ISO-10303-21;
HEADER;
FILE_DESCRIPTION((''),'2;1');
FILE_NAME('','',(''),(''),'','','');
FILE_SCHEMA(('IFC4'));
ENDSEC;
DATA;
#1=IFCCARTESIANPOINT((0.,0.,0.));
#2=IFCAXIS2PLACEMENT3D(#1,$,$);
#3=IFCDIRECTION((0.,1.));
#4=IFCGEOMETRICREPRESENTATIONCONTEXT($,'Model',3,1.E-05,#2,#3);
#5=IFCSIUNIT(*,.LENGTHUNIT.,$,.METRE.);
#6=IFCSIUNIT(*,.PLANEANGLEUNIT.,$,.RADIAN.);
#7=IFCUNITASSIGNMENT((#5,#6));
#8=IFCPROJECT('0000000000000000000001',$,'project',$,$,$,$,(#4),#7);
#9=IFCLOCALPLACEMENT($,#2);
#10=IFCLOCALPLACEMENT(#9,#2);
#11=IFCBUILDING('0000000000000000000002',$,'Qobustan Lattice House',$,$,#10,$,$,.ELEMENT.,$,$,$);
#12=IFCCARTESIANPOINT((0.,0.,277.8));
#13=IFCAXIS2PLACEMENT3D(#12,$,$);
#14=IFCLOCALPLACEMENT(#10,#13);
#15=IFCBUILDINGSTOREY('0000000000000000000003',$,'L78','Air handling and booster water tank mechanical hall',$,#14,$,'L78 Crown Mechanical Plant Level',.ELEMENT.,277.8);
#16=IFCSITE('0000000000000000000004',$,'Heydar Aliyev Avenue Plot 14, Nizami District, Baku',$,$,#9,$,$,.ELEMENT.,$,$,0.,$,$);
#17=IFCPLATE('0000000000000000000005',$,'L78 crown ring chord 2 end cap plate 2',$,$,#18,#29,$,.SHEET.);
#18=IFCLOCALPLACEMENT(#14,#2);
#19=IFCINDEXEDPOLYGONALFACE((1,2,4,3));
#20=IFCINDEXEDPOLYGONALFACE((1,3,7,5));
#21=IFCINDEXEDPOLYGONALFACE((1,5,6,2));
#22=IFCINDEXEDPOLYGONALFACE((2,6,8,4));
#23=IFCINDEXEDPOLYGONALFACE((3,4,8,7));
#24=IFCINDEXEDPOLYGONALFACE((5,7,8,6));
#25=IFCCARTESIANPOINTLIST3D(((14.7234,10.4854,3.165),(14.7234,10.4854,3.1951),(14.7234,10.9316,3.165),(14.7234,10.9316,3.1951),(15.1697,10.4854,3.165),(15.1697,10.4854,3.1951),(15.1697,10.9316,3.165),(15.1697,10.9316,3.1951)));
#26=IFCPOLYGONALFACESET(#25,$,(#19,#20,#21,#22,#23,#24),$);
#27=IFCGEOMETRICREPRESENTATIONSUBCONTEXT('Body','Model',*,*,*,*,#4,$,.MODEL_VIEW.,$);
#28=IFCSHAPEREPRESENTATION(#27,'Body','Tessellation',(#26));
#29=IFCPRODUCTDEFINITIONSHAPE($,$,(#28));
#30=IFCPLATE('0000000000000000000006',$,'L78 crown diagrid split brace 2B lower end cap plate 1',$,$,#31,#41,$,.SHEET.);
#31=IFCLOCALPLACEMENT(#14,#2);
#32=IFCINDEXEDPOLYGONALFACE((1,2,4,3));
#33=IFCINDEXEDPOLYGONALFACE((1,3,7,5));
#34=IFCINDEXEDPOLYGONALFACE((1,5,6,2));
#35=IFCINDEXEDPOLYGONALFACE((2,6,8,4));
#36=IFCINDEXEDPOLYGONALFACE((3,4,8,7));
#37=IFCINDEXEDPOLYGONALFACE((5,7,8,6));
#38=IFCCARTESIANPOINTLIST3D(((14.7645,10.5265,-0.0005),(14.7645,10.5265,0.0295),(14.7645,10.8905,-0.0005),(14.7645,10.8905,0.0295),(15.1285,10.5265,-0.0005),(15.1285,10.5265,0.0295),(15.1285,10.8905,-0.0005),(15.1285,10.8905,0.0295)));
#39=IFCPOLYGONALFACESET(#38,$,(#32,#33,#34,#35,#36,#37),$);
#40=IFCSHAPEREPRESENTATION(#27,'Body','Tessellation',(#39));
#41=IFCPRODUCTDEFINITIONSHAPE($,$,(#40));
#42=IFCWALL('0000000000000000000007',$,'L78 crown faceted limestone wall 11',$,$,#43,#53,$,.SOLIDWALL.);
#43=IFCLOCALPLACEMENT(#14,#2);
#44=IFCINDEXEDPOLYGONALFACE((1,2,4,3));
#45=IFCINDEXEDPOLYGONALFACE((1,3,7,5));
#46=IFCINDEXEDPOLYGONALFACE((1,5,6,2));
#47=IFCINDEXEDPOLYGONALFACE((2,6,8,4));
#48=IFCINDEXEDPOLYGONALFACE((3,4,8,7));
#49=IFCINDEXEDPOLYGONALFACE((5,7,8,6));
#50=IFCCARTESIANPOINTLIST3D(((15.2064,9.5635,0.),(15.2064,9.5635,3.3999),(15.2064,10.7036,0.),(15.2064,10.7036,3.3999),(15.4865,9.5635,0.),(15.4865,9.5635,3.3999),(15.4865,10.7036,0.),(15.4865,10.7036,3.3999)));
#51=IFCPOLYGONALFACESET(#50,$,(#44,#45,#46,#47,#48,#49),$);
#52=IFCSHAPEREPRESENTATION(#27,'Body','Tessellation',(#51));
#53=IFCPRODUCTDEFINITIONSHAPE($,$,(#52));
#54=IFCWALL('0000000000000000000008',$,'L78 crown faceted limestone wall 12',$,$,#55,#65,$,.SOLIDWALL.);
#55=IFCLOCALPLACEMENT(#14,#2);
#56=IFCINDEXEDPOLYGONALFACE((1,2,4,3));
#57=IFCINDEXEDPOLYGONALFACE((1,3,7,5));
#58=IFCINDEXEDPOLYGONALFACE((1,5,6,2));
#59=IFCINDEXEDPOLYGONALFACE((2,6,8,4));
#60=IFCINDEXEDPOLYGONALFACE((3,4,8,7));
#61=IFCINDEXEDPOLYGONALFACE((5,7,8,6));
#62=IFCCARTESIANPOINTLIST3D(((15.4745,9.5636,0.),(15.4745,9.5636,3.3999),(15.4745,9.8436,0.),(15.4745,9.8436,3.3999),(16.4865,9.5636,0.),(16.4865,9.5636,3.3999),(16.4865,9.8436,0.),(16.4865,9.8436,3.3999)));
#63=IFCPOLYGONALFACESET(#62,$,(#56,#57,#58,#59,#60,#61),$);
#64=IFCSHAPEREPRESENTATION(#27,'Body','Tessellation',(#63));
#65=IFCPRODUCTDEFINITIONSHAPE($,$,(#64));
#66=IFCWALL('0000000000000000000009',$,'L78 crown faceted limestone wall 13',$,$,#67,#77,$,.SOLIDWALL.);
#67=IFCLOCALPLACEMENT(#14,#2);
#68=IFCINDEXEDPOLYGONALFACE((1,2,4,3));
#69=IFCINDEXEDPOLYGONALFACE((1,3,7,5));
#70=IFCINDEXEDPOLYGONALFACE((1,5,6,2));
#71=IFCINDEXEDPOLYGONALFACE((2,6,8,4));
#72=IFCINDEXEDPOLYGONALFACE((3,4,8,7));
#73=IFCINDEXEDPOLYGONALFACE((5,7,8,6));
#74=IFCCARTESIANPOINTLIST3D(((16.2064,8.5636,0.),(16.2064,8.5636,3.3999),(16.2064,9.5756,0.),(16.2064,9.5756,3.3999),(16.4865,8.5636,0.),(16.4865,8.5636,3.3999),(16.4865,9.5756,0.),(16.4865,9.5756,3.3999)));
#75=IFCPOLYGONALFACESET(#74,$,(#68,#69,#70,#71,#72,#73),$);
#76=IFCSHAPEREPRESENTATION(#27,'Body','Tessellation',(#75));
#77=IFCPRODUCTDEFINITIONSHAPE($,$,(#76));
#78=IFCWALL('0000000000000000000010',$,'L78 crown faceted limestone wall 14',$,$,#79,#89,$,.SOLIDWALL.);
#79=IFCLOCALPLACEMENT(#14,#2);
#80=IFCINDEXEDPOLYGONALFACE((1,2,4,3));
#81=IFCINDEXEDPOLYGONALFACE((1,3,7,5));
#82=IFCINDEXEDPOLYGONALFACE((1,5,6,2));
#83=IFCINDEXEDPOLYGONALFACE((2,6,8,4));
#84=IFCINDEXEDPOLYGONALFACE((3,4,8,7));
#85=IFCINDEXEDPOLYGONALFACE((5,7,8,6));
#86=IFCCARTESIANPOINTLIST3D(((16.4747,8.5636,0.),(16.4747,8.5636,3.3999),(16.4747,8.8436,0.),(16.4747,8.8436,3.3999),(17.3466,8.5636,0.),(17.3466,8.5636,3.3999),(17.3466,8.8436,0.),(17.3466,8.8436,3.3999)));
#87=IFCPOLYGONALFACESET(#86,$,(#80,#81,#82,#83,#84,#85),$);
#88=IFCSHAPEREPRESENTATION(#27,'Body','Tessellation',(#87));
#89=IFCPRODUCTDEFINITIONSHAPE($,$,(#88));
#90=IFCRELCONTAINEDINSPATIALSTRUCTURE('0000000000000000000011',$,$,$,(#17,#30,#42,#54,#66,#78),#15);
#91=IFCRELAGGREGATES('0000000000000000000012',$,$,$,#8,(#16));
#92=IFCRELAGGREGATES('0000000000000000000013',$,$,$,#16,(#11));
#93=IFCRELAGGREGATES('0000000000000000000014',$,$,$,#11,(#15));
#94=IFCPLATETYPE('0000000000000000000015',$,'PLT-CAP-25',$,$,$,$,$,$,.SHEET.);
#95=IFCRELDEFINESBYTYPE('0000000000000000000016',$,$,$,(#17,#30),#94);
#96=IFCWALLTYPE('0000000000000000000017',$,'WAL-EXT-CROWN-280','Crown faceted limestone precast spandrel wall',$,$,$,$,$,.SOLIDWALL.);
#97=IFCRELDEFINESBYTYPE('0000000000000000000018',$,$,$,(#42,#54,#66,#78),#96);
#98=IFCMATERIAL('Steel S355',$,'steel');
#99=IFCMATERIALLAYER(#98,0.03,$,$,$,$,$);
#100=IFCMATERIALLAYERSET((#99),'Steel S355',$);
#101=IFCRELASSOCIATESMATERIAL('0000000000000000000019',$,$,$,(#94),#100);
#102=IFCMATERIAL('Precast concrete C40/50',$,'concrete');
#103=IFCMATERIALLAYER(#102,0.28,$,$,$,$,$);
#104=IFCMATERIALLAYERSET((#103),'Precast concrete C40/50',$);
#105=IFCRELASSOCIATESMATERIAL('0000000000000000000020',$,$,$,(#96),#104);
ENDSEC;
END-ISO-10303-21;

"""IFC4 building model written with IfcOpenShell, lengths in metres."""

from ifc_helpers import new_model, si_unit, direction, frame, frame_2d, origin, origin_2d, place, context, subcontext, project, spatial, rectangle, extrude, material, layer, layer_set, type_object, element, save


model = new_model("IFC4")

# Units and contexts
model_context = context("Model", 3, precision=1e-05, world=origin(), true_north=direction((0.0, 1.0)))
body_context = subcontext(model_context, "Body", "Model", "MODEL_VIEW")
ifc_project = project(units=[si_unit("LENGTHUNIT", "METRE"), si_unit("PLANEANGLEUNIT", "RADIAN")], contexts=[model_context])

# Site, building, storey
site_placement = place(None, origin())
site = spatial("IfcSite", under=ifc_project, at=site_placement, Name="Heydar Aliyev Avenue Plot 14, Nizami District, Baku", CompositionType="ELEMENT", RefElevation=0.0)
building_placement = place(site_placement, origin())
building = spatial("IfcBuilding", under=site, at=building_placement, Name="Qobustan Lattice House", CompositionType="ELEMENT")
storey_placement = place(building_placement, frame((0.0, 0.0, 277.8)))
storey = spatial("IfcBuildingStorey", under=building, at=storey_placement, Name="L78", Description="Air handling and booster water tank mechanical hall", LongName="L78 Crown Mechanical Plant Level", CompositionType="ELEMENT", Elevation=277.8)

# Plates
ifc_material_1 = material(Name="Steel S355", Category="steel")
ifc_layer_1 = layer(ifc_material_1, 0.03)
ifc_layer_set_1 = layer_set([ifc_layer_1], Name="Steel S355")
plate_type_1 = type_object("IfcPlateType", Name="PLT-CAP-25", PredefinedType="SHEET", material=ifc_layer_set_1)
plate_1_placement = place(storey_placement, frame((14.9465, 10.7085, 3.165), z_axis=(0.0, 0.0, 1.0), x_axis=(0.0, 1.0, 0.0)))
element("IfcPlate", 1, at=plate_1_placement, inside=storey, type_object=plate_type_1, Name="L78 crown ring chord 2 end cap plate 2", PredefinedType="SHEET", context=body_context, shape_type="SweptSolid", body=[
    extrude(rectangle(XDim=0.4463, YDim=0.4463, at=origin_2d()), origin(), (0.0, 0.0, 1.0), 0.03),
])
plate_2_placement = place(storey_placement, frame((14.9465, 10.7085, -0.0005), z_axis=(0.0, 0.0, 1.0), x_axis=(0.0, -1.0, 0.0)))
element("IfcPlate", 2, at=plate_2_placement, inside=storey, type_object=plate_type_1, Name="L78 crown diagrid split brace 2B lower end cap plate 1", PredefinedType="SHEET", context=body_context, shape_type="SweptSolid", body=[
    extrude(rectangle(XDim=0.364, YDim=0.364, at=origin_2d()), origin(), (0.0, 0.0, 1.0), 0.03),
])

# Walls
ifc_material_2 = material(Name="Precast concrete C40/50", Category="concrete")
ifc_layer_2 = layer(ifc_material_2, 0.28)
ifc_layer_set_2 = layer_set([ifc_layer_2], Name="Precast concrete C40/50")
wall_type = type_object("IfcWallType", Name="WAL-EXT-CROWN-280", Description="Crown faceted limestone precast spandrel wall", PredefinedType="SOLIDWALL", material=ifc_layer_set_2)
wall_1_placement = place(storey_placement, frame((15.3464, 10.7036, 0.0), z_axis=(0.0, 0.0, 1.0), x_axis=(0.0, -1.0, 0.0)))
element("IfcWall", 3, at=wall_1_placement, inside=storey, type_object=wall_type, Name="L78 crown faceted limestone wall 11", PredefinedType="SOLIDWALL", context=body_context, shape_type="SweptSolid", body=[
    extrude(rectangle(XDim=1.1401, YDim=0.28, at=frame_2d((0.5701, 0.0))), origin(), (0.0, 0.0, 1.0), 3.3999),
])
for number, where, z_axis, x_axis, name in (
    (4, (15.4746, 9.7036, 0.0), (0.0, 0.0, 1.0), (1.0, 0.0, 0.0), "L78 crown faceted limestone wall 12"),
    (5, (16.3464, 9.5754, 0.0), (0.0, 0.0, 1.0), (0.0, -1.0, 0.0), "L78 crown faceted limestone wall 13"),
):
    element("IfcWall", number, at=place(storey_placement, frame(where, z_axis=z_axis, x_axis=x_axis)), inside=storey, type_object=wall_type, Name=name, PredefinedType="SOLIDWALL", context=body_context, shape_type="SweptSolid", body=[
        extrude(rectangle(XDim=1.012, YDim=0.28, at=frame_2d((0.5059, 0.0))), origin(), (0.0, 0.0, 1.0), 3.3999),
    ])
wall_2_placement = place(storey_placement, frame((16.4746, 8.7036, 0.0), z_axis=(0.0, 0.0, 1.0), x_axis=(1.0, 0.0, 0.0)))
element("IfcWall", 6, at=wall_2_placement, inside=storey, type_object=wall_type, Name="L78 crown faceted limestone wall 14", PredefinedType="SOLIDWALL", context=body_context, shape_type="SweptSolid", body=[
    extrude(rectangle(XDim=0.8718, YDim=0.28, at=frame_2d((0.436, 0.0))), origin(), (0.0, 0.0, 1.0), 3.3999),
])

save(model, "model.ifc")
